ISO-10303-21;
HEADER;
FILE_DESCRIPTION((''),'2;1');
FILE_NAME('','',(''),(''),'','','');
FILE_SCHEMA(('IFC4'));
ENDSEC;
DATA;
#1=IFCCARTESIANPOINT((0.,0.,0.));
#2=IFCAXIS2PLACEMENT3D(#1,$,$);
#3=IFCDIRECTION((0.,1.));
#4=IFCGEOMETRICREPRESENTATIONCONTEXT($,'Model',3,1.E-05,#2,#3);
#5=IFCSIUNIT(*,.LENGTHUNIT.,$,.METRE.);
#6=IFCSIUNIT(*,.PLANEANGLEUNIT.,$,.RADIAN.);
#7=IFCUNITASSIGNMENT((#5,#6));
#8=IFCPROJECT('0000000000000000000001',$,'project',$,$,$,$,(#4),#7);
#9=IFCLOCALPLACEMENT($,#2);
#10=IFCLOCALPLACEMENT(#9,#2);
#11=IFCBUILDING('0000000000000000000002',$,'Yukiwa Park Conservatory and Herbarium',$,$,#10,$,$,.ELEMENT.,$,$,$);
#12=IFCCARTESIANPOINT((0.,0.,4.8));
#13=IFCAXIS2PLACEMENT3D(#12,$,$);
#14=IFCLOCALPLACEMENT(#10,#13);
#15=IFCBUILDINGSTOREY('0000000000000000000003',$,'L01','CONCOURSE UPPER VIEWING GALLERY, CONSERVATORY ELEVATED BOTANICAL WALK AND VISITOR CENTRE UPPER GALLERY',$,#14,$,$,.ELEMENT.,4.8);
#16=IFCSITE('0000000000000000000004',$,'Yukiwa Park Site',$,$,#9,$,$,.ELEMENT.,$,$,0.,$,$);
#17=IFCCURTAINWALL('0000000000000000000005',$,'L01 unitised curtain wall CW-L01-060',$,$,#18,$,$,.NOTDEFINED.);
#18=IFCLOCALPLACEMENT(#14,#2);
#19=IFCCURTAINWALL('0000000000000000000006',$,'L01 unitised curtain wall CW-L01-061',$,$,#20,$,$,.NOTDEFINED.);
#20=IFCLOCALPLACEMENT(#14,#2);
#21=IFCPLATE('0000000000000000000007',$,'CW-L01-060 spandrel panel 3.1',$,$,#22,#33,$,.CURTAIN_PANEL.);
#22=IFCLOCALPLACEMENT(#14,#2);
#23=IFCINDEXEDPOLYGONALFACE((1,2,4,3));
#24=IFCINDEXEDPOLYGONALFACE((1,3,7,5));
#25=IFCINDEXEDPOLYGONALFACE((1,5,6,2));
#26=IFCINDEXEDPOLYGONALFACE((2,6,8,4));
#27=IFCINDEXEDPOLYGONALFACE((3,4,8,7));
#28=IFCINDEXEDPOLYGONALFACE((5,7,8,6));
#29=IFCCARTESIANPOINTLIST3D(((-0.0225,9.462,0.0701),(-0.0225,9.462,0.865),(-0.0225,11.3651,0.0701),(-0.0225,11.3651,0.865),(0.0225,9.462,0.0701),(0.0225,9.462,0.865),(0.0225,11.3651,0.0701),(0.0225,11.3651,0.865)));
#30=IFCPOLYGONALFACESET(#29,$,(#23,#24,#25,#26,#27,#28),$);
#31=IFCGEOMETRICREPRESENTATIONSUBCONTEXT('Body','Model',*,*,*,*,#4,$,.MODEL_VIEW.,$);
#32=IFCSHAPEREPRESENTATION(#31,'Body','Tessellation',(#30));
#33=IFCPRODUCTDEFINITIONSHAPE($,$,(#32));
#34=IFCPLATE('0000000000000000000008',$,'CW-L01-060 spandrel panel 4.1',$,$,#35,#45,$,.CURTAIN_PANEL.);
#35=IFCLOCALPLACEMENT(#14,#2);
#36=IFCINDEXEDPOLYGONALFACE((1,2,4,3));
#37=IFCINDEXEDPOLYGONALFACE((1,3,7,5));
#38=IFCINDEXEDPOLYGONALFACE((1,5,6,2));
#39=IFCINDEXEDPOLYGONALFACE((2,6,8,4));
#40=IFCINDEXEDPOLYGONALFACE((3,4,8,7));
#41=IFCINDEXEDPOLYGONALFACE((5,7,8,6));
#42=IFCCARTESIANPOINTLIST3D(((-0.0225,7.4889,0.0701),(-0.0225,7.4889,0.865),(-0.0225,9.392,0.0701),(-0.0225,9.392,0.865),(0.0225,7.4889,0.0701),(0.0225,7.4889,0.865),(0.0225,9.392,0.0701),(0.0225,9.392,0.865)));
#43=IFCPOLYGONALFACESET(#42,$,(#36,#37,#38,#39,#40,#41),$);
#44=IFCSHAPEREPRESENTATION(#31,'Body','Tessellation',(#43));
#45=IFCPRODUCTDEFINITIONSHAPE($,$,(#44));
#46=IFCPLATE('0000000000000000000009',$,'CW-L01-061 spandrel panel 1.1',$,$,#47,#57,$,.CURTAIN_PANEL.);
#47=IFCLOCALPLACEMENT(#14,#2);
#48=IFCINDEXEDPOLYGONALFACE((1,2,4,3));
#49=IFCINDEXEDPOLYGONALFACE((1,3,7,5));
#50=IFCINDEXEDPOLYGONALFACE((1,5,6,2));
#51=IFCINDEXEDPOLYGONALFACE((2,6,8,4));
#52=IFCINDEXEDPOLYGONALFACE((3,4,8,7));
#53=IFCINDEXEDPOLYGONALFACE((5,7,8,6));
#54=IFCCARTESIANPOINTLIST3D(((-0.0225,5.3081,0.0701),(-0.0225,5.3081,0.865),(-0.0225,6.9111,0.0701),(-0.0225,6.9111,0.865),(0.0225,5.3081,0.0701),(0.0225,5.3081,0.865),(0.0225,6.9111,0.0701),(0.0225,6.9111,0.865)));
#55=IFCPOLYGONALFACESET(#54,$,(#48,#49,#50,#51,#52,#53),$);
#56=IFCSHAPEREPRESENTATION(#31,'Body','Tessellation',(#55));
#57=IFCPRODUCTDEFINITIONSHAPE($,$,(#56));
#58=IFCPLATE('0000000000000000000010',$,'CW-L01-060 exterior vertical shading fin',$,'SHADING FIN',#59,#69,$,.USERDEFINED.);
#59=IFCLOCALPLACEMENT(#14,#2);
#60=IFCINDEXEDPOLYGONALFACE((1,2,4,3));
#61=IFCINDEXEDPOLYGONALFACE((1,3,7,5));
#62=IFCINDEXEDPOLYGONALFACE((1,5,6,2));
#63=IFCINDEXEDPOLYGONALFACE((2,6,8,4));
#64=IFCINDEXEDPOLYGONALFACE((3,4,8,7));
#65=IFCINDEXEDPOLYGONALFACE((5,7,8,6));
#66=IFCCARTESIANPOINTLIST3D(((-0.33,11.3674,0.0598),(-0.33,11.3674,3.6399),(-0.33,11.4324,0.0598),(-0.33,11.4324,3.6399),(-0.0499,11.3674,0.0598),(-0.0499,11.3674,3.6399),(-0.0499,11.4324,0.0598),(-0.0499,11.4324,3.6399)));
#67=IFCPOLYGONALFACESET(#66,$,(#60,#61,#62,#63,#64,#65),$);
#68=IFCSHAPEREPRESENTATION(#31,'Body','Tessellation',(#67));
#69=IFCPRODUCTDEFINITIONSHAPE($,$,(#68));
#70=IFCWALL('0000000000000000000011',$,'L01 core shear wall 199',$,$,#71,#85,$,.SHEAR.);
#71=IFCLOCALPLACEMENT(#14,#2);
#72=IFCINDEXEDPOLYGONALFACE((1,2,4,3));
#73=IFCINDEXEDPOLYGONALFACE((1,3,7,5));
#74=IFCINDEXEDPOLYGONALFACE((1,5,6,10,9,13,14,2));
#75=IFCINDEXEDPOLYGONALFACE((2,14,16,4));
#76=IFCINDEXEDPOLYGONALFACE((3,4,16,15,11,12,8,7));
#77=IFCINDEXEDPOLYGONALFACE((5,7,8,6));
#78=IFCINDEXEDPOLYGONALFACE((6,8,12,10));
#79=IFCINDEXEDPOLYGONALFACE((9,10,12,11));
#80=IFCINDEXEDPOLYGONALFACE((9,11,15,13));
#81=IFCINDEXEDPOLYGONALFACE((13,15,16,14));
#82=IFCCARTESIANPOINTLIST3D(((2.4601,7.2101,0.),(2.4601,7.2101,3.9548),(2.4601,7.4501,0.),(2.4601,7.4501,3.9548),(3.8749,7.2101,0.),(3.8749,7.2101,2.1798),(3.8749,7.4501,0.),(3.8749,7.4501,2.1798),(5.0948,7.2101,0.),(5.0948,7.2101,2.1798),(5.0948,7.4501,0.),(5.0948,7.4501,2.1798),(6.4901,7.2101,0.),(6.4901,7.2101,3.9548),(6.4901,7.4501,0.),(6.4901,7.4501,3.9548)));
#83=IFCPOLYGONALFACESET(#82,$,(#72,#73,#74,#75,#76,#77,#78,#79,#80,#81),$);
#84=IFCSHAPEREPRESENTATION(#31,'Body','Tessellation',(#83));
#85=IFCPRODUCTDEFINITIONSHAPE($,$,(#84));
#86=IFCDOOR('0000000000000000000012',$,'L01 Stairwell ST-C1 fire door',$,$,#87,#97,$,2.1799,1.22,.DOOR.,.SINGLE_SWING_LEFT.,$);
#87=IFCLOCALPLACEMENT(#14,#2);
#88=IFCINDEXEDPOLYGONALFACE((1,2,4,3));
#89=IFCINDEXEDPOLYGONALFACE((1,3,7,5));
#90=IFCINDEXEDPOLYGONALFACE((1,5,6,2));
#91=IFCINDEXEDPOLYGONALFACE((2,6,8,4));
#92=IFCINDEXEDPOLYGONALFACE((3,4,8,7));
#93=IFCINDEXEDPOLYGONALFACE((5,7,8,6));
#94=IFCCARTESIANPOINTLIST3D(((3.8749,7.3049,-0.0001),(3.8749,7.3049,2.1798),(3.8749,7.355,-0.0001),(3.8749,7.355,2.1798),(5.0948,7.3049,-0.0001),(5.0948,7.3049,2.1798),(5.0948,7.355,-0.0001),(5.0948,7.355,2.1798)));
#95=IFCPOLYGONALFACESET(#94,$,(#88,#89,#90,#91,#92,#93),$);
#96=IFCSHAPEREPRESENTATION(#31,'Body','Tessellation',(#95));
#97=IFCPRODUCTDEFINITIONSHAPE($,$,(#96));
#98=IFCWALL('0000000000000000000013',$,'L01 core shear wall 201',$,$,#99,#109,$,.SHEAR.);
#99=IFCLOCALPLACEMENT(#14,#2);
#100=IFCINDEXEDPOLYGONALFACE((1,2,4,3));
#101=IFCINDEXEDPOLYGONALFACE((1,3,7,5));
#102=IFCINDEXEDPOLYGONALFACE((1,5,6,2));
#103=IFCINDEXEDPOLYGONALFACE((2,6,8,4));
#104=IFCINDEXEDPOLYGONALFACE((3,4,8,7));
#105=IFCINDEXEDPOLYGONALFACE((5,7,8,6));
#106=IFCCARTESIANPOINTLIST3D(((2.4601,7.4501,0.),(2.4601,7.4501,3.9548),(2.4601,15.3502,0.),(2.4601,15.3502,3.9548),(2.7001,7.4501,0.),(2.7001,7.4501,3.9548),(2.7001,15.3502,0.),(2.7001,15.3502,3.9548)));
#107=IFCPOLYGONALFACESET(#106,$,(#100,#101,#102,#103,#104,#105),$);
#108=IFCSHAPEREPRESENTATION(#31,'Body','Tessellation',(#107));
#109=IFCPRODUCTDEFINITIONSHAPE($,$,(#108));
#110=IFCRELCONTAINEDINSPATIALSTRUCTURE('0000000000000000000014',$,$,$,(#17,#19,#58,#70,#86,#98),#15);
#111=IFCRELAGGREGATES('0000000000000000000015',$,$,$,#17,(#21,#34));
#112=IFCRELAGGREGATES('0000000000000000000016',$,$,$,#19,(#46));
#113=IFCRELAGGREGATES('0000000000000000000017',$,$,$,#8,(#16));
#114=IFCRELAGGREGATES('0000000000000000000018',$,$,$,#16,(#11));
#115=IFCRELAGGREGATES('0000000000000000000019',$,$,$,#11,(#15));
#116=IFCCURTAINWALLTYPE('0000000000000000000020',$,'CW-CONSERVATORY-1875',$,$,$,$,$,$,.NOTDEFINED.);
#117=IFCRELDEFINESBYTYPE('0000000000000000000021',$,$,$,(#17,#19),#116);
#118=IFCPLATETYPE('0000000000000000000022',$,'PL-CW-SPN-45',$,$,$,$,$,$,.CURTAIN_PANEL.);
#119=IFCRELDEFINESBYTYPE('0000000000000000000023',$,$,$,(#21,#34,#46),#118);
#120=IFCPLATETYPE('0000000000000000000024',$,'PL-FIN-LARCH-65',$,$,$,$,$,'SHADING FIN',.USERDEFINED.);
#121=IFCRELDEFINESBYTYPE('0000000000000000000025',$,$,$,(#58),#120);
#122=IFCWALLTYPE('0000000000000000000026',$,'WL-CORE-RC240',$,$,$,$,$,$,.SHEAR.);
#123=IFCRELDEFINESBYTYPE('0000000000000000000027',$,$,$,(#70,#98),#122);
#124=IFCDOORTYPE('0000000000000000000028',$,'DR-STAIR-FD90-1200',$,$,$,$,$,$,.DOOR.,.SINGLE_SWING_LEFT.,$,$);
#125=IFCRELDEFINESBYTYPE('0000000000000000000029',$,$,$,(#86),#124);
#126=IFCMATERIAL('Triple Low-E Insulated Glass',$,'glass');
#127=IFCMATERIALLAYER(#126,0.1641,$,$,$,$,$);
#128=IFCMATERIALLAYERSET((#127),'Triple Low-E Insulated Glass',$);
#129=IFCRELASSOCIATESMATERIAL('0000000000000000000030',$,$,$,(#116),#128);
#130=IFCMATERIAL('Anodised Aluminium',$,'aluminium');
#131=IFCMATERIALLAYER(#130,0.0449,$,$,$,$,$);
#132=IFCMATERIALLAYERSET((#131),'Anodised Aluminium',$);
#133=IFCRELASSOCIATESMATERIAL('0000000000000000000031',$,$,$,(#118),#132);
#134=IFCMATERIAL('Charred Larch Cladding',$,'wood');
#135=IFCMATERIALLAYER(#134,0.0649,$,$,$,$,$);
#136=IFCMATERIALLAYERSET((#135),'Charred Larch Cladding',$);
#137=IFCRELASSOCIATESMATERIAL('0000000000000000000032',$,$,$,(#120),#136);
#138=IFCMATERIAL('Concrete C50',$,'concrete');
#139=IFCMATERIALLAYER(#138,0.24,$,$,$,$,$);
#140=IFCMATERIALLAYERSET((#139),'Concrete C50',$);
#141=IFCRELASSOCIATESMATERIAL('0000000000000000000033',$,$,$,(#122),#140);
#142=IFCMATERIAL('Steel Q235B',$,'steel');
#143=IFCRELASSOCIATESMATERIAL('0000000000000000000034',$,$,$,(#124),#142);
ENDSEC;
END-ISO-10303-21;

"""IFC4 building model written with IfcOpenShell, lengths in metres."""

from ifc_helpers import new_model, si_unit, direction, frame, frame_2d, origin, origin_2d, place, context, subcontext, project, spatial, rectangle, extrude, material, layer, layer_set, type_object, element, fill, aggregate, save


model = new_model("IFC4")

# Units and contexts
model_context = context("Model", 3, precision=1e-05, world=origin(), true_north=direction((0.0, 1.0)))
body_context = subcontext(model_context, "Body", "Model", "MODEL_VIEW")
ifc_project = project(units=[si_unit("LENGTHUNIT", "METRE"), si_unit("PLANEANGLEUNIT", "RADIAN")], contexts=[model_context])

# Site, building, storey
site_placement = place(None, origin())
site = spatial("IfcSite", under=ifc_project, at=site_placement, Name="Yukiwa Park Site", CompositionType="ELEMENT", RefElevation=0.0)
building_placement = place(site_placement, origin())
building = spatial("IfcBuilding", under=site, at=building_placement, Name="Yukiwa Park Conservatory and Herbarium", CompositionType="ELEMENT")
storey_placement = place(building_placement, frame((0.0, 0.0, 4.8)))
storey = spatial("IfcBuildingStorey", under=building, at=storey_placement, Name="L01", Description="CONCOURSE UPPER VIEWING GALLERY, CONSERVATORY ELEVATED BOTANICAL WALK AND VISITOR CENTRE UPPER GALLERY", CompositionType="ELEMENT", Elevation=4.8)

# Curtain wall
ifc_material_1 = material(Name="Triple Low-E Insulated Glass", Category="glass")
ifc_layer_1 = layer(ifc_material_1, 0.1641)
ifc_layer_set_1 = layer_set([ifc_layer_1], Name="Triple Low-E Insulated Glass")
curtain_wall_type = type_object("IfcCurtainWallType", Name="CW-CONSERVATORY-1875", PredefinedType="NOTDEFINED", material=ifc_layer_set_1)
curtain_wall_1_placement = place(storey_placement, origin())
curtain_wall_1 = element("IfcCurtainWall", 1, at=curtain_wall_1_placement, inside=storey, type_object=curtain_wall_type, Name="L01 unitised curtain wall CW-L01-060", PredefinedType="NOTDEFINED")

# Curtain wall
curtain_wall_2_placement = place(storey_placement, origin())
curtain_wall_2 = element("IfcCurtainWall", 2, at=curtain_wall_2_placement, inside=storey, type_object=curtain_wall_type, Name="L01 unitised curtain wall CW-L01-061", PredefinedType="NOTDEFINED")

# Plates
ifc_material_2 = material(Name="Anodised Aluminium", Category="aluminium")
ifc_layer_2 = layer(ifc_material_2, 0.0449)
ifc_layer_set_2 = layer_set([ifc_layer_2], Name="Anodised Aluminium")
plate_type_1 = type_object("IfcPlateType", Name="PL-CW-SPN-45", PredefinedType="CURTAIN_PANEL", material=ifc_layer_set_2)
plate_1_placement = place(storey_placement, frame((0.0, 10.4136, 0.0701), z_axis=(0.0, 0.0, 1.0), x_axis=(0.0, -1.0, 0.0)))
plate_1 = element("IfcPlate", 3, at=plate_1_placement, type_object=plate_type_1, Name="CW-L01-060 spandrel panel 3.1", PredefinedType="CURTAIN_PANEL", context=body_context, shape_type="SweptSolid", body=[
    extrude(rectangle(XDim=1.9031, YDim=0.0449, at=origin_2d()), origin(), (0.0, 0.0, 1.0), 0.7949),
])
plate_2_placement = place(storey_placement, frame((0.0, 8.4404, 0.0701), z_axis=(0.0, 0.0, 1.0), x_axis=(0.0, -1.0, 0.0)))
plate_2 = element("IfcPlate", 4, at=plate_2_placement, type_object=plate_type_1, Name="CW-L01-060 spandrel panel 4.1", PredefinedType="CURTAIN_PANEL", context=body_context, shape_type="SweptSolid", body=[
    extrude(rectangle(XDim=1.9031, YDim=0.0449, at=origin_2d()), origin(), (0.0, 0.0, 1.0), 0.7949),
])
aggregate(curtain_wall_1, [plate_1, plate_2])
plate_3_placement = place(storey_placement, frame((0.0, 6.1096, 0.0701), z_axis=(0.0, 0.0, 1.0), x_axis=(0.0, -1.0, 0.0)))
plate_3 = element("IfcPlate", 5, at=plate_3_placement, type_object=plate_type_1, Name="CW-L01-061 spandrel panel 1.1", PredefinedType="CURTAIN_PANEL", context=body_context, shape_type="SweptSolid", body=[
    extrude(rectangle(XDim=1.603, YDim=0.0449, at=origin_2d()), origin(), (0.0, 0.0, 1.0), 0.7949),
])
aggregate(curtain_wall_2, [plate_3])
ifc_material_3 = material(Name="Charred Larch Cladding", Category="wood")
ifc_layer_3 = layer(ifc_material_3, 0.0649)
ifc_layer_set_3 = layer_set([ifc_layer_3], Name="Charred Larch Cladding")
plate_type_2 = type_object("IfcPlateType", Name="PL-FIN-LARCH-65", ElementType="SHADING FIN", PredefinedType="USERDEFINED", material=ifc_layer_set_3)
plate_4_placement = place(storey_placement, frame((-0.1899, 11.3999, 0.0598), z_axis=(0.0, 0.0, 1.0), x_axis=(0.0, -1.0, 0.0)))
element("IfcPlate", 6, at=plate_4_placement, inside=storey, type_object=plate_type_2, Name="CW-L01-060 exterior vertical shading fin", ObjectType="SHADING FIN", PredefinedType="USERDEFINED", context=body_context, shape_type="SweptSolid", body=[
    extrude(rectangle(XDim=0.0649, YDim=0.28, at=origin_2d()), origin(), (0.0, 0.0, 1.0), 3.5801),
])

# Wall, opening, door
ifc_material_4 = material(Name="Concrete C50", Category="concrete")
ifc_layer_4 = layer(ifc_material_4, 0.24)
ifc_layer_set_4 = layer_set([ifc_layer_4], Name="Concrete C50")
wall_type = type_object("IfcWallType", Name="WL-CORE-RC240", PredefinedType="SHEAR", material=ifc_layer_set_4)
wall_1_placement = place(storey_placement, frame((2.46, 7.3301, 0.0), z_axis=(0.0, 0.0, 1.0), x_axis=(1.0, 0.0, 0.0)))
wall_1 = element("IfcWall", 7, at=wall_1_placement, inside=storey, type_object=wall_type, Name="L01 core shear wall 199", PredefinedType="SHEAR", context=body_context, shape_type="SweptSolid", body=[
    extrude(rectangle(XDim=4.03, YDim=0.24, at=frame_2d((2.0151, 0.0))), origin(), (0.0, 0.0, 1.0), 3.9548),
])
opening_placement = place(wall_1_placement, frame((1.415, 0.0, 0.0)))
opening = element("IfcOpeningElement", 8, at=opening_placement, cuts=wall_1, PredefinedType="OPENING", context=body_context, shape_type="SweptSolid", body=[
    extrude(rectangle(XDim=1.22, YDim=2.1799, at=frame_2d((0.6099, 1.0898))), frame((0.0, 0.1299, 0.0), z_axis=(0.0, -1.0, 0.0), x_axis=(1.0, 0.0, 0.0)), (0.0, 0.0, 1.0), 0.26),
])
ifc_material_5 = material(Name="Steel Q235B", Category="steel")
door_type = type_object("IfcDoorType", Name="DR-STAIR-FD90-1200", OperationType="SINGLE_SWING_LEFT", PredefinedType="DOOR", material=ifc_material_5)
door_placement = place(opening_placement, origin())
door = element("IfcDoor", 9, at=door_placement, inside=storey, type_object=door_type, Name="L01 Stairwell ST-C1 fire door", OperationType="SINGLE_SWING_LEFT", OverallHeight=2.1799, OverallWidth=1.22, PredefinedType="DOOR", context=body_context, shape_type="SweptSolid", body=[
    extrude(rectangle(XDim=1.22, YDim=2.1799, at=frame_2d((0.6099, 1.0898))), frame((0.0, 0.0249, 0.0), z_axis=(0.0, -1.0, 0.0), x_axis=(1.0, 0.0, 0.0)), (0.0, 0.0, 1.0), 0.05),
])
fill(opening, door)

# Wall
wall_2_placement = place(storey_placement, frame((2.5801, 7.45, 0.0), z_axis=(0.0, 0.0, 1.0), x_axis=(0.0, 1.0, 0.0)))
element("IfcWall", 10, at=wall_2_placement, inside=storey, type_object=wall_type, Name="L01 core shear wall 201", PredefinedType="SHEAR", context=body_context, shape_type="SweptSolid", body=[
    extrude(rectangle(XDim=7.9001, YDim=0.24, at=frame_2d((3.9502, 0.0))), origin(), (0.0, 0.0, 1.0), 3.9548),
])

save(model, "model.ifc")
